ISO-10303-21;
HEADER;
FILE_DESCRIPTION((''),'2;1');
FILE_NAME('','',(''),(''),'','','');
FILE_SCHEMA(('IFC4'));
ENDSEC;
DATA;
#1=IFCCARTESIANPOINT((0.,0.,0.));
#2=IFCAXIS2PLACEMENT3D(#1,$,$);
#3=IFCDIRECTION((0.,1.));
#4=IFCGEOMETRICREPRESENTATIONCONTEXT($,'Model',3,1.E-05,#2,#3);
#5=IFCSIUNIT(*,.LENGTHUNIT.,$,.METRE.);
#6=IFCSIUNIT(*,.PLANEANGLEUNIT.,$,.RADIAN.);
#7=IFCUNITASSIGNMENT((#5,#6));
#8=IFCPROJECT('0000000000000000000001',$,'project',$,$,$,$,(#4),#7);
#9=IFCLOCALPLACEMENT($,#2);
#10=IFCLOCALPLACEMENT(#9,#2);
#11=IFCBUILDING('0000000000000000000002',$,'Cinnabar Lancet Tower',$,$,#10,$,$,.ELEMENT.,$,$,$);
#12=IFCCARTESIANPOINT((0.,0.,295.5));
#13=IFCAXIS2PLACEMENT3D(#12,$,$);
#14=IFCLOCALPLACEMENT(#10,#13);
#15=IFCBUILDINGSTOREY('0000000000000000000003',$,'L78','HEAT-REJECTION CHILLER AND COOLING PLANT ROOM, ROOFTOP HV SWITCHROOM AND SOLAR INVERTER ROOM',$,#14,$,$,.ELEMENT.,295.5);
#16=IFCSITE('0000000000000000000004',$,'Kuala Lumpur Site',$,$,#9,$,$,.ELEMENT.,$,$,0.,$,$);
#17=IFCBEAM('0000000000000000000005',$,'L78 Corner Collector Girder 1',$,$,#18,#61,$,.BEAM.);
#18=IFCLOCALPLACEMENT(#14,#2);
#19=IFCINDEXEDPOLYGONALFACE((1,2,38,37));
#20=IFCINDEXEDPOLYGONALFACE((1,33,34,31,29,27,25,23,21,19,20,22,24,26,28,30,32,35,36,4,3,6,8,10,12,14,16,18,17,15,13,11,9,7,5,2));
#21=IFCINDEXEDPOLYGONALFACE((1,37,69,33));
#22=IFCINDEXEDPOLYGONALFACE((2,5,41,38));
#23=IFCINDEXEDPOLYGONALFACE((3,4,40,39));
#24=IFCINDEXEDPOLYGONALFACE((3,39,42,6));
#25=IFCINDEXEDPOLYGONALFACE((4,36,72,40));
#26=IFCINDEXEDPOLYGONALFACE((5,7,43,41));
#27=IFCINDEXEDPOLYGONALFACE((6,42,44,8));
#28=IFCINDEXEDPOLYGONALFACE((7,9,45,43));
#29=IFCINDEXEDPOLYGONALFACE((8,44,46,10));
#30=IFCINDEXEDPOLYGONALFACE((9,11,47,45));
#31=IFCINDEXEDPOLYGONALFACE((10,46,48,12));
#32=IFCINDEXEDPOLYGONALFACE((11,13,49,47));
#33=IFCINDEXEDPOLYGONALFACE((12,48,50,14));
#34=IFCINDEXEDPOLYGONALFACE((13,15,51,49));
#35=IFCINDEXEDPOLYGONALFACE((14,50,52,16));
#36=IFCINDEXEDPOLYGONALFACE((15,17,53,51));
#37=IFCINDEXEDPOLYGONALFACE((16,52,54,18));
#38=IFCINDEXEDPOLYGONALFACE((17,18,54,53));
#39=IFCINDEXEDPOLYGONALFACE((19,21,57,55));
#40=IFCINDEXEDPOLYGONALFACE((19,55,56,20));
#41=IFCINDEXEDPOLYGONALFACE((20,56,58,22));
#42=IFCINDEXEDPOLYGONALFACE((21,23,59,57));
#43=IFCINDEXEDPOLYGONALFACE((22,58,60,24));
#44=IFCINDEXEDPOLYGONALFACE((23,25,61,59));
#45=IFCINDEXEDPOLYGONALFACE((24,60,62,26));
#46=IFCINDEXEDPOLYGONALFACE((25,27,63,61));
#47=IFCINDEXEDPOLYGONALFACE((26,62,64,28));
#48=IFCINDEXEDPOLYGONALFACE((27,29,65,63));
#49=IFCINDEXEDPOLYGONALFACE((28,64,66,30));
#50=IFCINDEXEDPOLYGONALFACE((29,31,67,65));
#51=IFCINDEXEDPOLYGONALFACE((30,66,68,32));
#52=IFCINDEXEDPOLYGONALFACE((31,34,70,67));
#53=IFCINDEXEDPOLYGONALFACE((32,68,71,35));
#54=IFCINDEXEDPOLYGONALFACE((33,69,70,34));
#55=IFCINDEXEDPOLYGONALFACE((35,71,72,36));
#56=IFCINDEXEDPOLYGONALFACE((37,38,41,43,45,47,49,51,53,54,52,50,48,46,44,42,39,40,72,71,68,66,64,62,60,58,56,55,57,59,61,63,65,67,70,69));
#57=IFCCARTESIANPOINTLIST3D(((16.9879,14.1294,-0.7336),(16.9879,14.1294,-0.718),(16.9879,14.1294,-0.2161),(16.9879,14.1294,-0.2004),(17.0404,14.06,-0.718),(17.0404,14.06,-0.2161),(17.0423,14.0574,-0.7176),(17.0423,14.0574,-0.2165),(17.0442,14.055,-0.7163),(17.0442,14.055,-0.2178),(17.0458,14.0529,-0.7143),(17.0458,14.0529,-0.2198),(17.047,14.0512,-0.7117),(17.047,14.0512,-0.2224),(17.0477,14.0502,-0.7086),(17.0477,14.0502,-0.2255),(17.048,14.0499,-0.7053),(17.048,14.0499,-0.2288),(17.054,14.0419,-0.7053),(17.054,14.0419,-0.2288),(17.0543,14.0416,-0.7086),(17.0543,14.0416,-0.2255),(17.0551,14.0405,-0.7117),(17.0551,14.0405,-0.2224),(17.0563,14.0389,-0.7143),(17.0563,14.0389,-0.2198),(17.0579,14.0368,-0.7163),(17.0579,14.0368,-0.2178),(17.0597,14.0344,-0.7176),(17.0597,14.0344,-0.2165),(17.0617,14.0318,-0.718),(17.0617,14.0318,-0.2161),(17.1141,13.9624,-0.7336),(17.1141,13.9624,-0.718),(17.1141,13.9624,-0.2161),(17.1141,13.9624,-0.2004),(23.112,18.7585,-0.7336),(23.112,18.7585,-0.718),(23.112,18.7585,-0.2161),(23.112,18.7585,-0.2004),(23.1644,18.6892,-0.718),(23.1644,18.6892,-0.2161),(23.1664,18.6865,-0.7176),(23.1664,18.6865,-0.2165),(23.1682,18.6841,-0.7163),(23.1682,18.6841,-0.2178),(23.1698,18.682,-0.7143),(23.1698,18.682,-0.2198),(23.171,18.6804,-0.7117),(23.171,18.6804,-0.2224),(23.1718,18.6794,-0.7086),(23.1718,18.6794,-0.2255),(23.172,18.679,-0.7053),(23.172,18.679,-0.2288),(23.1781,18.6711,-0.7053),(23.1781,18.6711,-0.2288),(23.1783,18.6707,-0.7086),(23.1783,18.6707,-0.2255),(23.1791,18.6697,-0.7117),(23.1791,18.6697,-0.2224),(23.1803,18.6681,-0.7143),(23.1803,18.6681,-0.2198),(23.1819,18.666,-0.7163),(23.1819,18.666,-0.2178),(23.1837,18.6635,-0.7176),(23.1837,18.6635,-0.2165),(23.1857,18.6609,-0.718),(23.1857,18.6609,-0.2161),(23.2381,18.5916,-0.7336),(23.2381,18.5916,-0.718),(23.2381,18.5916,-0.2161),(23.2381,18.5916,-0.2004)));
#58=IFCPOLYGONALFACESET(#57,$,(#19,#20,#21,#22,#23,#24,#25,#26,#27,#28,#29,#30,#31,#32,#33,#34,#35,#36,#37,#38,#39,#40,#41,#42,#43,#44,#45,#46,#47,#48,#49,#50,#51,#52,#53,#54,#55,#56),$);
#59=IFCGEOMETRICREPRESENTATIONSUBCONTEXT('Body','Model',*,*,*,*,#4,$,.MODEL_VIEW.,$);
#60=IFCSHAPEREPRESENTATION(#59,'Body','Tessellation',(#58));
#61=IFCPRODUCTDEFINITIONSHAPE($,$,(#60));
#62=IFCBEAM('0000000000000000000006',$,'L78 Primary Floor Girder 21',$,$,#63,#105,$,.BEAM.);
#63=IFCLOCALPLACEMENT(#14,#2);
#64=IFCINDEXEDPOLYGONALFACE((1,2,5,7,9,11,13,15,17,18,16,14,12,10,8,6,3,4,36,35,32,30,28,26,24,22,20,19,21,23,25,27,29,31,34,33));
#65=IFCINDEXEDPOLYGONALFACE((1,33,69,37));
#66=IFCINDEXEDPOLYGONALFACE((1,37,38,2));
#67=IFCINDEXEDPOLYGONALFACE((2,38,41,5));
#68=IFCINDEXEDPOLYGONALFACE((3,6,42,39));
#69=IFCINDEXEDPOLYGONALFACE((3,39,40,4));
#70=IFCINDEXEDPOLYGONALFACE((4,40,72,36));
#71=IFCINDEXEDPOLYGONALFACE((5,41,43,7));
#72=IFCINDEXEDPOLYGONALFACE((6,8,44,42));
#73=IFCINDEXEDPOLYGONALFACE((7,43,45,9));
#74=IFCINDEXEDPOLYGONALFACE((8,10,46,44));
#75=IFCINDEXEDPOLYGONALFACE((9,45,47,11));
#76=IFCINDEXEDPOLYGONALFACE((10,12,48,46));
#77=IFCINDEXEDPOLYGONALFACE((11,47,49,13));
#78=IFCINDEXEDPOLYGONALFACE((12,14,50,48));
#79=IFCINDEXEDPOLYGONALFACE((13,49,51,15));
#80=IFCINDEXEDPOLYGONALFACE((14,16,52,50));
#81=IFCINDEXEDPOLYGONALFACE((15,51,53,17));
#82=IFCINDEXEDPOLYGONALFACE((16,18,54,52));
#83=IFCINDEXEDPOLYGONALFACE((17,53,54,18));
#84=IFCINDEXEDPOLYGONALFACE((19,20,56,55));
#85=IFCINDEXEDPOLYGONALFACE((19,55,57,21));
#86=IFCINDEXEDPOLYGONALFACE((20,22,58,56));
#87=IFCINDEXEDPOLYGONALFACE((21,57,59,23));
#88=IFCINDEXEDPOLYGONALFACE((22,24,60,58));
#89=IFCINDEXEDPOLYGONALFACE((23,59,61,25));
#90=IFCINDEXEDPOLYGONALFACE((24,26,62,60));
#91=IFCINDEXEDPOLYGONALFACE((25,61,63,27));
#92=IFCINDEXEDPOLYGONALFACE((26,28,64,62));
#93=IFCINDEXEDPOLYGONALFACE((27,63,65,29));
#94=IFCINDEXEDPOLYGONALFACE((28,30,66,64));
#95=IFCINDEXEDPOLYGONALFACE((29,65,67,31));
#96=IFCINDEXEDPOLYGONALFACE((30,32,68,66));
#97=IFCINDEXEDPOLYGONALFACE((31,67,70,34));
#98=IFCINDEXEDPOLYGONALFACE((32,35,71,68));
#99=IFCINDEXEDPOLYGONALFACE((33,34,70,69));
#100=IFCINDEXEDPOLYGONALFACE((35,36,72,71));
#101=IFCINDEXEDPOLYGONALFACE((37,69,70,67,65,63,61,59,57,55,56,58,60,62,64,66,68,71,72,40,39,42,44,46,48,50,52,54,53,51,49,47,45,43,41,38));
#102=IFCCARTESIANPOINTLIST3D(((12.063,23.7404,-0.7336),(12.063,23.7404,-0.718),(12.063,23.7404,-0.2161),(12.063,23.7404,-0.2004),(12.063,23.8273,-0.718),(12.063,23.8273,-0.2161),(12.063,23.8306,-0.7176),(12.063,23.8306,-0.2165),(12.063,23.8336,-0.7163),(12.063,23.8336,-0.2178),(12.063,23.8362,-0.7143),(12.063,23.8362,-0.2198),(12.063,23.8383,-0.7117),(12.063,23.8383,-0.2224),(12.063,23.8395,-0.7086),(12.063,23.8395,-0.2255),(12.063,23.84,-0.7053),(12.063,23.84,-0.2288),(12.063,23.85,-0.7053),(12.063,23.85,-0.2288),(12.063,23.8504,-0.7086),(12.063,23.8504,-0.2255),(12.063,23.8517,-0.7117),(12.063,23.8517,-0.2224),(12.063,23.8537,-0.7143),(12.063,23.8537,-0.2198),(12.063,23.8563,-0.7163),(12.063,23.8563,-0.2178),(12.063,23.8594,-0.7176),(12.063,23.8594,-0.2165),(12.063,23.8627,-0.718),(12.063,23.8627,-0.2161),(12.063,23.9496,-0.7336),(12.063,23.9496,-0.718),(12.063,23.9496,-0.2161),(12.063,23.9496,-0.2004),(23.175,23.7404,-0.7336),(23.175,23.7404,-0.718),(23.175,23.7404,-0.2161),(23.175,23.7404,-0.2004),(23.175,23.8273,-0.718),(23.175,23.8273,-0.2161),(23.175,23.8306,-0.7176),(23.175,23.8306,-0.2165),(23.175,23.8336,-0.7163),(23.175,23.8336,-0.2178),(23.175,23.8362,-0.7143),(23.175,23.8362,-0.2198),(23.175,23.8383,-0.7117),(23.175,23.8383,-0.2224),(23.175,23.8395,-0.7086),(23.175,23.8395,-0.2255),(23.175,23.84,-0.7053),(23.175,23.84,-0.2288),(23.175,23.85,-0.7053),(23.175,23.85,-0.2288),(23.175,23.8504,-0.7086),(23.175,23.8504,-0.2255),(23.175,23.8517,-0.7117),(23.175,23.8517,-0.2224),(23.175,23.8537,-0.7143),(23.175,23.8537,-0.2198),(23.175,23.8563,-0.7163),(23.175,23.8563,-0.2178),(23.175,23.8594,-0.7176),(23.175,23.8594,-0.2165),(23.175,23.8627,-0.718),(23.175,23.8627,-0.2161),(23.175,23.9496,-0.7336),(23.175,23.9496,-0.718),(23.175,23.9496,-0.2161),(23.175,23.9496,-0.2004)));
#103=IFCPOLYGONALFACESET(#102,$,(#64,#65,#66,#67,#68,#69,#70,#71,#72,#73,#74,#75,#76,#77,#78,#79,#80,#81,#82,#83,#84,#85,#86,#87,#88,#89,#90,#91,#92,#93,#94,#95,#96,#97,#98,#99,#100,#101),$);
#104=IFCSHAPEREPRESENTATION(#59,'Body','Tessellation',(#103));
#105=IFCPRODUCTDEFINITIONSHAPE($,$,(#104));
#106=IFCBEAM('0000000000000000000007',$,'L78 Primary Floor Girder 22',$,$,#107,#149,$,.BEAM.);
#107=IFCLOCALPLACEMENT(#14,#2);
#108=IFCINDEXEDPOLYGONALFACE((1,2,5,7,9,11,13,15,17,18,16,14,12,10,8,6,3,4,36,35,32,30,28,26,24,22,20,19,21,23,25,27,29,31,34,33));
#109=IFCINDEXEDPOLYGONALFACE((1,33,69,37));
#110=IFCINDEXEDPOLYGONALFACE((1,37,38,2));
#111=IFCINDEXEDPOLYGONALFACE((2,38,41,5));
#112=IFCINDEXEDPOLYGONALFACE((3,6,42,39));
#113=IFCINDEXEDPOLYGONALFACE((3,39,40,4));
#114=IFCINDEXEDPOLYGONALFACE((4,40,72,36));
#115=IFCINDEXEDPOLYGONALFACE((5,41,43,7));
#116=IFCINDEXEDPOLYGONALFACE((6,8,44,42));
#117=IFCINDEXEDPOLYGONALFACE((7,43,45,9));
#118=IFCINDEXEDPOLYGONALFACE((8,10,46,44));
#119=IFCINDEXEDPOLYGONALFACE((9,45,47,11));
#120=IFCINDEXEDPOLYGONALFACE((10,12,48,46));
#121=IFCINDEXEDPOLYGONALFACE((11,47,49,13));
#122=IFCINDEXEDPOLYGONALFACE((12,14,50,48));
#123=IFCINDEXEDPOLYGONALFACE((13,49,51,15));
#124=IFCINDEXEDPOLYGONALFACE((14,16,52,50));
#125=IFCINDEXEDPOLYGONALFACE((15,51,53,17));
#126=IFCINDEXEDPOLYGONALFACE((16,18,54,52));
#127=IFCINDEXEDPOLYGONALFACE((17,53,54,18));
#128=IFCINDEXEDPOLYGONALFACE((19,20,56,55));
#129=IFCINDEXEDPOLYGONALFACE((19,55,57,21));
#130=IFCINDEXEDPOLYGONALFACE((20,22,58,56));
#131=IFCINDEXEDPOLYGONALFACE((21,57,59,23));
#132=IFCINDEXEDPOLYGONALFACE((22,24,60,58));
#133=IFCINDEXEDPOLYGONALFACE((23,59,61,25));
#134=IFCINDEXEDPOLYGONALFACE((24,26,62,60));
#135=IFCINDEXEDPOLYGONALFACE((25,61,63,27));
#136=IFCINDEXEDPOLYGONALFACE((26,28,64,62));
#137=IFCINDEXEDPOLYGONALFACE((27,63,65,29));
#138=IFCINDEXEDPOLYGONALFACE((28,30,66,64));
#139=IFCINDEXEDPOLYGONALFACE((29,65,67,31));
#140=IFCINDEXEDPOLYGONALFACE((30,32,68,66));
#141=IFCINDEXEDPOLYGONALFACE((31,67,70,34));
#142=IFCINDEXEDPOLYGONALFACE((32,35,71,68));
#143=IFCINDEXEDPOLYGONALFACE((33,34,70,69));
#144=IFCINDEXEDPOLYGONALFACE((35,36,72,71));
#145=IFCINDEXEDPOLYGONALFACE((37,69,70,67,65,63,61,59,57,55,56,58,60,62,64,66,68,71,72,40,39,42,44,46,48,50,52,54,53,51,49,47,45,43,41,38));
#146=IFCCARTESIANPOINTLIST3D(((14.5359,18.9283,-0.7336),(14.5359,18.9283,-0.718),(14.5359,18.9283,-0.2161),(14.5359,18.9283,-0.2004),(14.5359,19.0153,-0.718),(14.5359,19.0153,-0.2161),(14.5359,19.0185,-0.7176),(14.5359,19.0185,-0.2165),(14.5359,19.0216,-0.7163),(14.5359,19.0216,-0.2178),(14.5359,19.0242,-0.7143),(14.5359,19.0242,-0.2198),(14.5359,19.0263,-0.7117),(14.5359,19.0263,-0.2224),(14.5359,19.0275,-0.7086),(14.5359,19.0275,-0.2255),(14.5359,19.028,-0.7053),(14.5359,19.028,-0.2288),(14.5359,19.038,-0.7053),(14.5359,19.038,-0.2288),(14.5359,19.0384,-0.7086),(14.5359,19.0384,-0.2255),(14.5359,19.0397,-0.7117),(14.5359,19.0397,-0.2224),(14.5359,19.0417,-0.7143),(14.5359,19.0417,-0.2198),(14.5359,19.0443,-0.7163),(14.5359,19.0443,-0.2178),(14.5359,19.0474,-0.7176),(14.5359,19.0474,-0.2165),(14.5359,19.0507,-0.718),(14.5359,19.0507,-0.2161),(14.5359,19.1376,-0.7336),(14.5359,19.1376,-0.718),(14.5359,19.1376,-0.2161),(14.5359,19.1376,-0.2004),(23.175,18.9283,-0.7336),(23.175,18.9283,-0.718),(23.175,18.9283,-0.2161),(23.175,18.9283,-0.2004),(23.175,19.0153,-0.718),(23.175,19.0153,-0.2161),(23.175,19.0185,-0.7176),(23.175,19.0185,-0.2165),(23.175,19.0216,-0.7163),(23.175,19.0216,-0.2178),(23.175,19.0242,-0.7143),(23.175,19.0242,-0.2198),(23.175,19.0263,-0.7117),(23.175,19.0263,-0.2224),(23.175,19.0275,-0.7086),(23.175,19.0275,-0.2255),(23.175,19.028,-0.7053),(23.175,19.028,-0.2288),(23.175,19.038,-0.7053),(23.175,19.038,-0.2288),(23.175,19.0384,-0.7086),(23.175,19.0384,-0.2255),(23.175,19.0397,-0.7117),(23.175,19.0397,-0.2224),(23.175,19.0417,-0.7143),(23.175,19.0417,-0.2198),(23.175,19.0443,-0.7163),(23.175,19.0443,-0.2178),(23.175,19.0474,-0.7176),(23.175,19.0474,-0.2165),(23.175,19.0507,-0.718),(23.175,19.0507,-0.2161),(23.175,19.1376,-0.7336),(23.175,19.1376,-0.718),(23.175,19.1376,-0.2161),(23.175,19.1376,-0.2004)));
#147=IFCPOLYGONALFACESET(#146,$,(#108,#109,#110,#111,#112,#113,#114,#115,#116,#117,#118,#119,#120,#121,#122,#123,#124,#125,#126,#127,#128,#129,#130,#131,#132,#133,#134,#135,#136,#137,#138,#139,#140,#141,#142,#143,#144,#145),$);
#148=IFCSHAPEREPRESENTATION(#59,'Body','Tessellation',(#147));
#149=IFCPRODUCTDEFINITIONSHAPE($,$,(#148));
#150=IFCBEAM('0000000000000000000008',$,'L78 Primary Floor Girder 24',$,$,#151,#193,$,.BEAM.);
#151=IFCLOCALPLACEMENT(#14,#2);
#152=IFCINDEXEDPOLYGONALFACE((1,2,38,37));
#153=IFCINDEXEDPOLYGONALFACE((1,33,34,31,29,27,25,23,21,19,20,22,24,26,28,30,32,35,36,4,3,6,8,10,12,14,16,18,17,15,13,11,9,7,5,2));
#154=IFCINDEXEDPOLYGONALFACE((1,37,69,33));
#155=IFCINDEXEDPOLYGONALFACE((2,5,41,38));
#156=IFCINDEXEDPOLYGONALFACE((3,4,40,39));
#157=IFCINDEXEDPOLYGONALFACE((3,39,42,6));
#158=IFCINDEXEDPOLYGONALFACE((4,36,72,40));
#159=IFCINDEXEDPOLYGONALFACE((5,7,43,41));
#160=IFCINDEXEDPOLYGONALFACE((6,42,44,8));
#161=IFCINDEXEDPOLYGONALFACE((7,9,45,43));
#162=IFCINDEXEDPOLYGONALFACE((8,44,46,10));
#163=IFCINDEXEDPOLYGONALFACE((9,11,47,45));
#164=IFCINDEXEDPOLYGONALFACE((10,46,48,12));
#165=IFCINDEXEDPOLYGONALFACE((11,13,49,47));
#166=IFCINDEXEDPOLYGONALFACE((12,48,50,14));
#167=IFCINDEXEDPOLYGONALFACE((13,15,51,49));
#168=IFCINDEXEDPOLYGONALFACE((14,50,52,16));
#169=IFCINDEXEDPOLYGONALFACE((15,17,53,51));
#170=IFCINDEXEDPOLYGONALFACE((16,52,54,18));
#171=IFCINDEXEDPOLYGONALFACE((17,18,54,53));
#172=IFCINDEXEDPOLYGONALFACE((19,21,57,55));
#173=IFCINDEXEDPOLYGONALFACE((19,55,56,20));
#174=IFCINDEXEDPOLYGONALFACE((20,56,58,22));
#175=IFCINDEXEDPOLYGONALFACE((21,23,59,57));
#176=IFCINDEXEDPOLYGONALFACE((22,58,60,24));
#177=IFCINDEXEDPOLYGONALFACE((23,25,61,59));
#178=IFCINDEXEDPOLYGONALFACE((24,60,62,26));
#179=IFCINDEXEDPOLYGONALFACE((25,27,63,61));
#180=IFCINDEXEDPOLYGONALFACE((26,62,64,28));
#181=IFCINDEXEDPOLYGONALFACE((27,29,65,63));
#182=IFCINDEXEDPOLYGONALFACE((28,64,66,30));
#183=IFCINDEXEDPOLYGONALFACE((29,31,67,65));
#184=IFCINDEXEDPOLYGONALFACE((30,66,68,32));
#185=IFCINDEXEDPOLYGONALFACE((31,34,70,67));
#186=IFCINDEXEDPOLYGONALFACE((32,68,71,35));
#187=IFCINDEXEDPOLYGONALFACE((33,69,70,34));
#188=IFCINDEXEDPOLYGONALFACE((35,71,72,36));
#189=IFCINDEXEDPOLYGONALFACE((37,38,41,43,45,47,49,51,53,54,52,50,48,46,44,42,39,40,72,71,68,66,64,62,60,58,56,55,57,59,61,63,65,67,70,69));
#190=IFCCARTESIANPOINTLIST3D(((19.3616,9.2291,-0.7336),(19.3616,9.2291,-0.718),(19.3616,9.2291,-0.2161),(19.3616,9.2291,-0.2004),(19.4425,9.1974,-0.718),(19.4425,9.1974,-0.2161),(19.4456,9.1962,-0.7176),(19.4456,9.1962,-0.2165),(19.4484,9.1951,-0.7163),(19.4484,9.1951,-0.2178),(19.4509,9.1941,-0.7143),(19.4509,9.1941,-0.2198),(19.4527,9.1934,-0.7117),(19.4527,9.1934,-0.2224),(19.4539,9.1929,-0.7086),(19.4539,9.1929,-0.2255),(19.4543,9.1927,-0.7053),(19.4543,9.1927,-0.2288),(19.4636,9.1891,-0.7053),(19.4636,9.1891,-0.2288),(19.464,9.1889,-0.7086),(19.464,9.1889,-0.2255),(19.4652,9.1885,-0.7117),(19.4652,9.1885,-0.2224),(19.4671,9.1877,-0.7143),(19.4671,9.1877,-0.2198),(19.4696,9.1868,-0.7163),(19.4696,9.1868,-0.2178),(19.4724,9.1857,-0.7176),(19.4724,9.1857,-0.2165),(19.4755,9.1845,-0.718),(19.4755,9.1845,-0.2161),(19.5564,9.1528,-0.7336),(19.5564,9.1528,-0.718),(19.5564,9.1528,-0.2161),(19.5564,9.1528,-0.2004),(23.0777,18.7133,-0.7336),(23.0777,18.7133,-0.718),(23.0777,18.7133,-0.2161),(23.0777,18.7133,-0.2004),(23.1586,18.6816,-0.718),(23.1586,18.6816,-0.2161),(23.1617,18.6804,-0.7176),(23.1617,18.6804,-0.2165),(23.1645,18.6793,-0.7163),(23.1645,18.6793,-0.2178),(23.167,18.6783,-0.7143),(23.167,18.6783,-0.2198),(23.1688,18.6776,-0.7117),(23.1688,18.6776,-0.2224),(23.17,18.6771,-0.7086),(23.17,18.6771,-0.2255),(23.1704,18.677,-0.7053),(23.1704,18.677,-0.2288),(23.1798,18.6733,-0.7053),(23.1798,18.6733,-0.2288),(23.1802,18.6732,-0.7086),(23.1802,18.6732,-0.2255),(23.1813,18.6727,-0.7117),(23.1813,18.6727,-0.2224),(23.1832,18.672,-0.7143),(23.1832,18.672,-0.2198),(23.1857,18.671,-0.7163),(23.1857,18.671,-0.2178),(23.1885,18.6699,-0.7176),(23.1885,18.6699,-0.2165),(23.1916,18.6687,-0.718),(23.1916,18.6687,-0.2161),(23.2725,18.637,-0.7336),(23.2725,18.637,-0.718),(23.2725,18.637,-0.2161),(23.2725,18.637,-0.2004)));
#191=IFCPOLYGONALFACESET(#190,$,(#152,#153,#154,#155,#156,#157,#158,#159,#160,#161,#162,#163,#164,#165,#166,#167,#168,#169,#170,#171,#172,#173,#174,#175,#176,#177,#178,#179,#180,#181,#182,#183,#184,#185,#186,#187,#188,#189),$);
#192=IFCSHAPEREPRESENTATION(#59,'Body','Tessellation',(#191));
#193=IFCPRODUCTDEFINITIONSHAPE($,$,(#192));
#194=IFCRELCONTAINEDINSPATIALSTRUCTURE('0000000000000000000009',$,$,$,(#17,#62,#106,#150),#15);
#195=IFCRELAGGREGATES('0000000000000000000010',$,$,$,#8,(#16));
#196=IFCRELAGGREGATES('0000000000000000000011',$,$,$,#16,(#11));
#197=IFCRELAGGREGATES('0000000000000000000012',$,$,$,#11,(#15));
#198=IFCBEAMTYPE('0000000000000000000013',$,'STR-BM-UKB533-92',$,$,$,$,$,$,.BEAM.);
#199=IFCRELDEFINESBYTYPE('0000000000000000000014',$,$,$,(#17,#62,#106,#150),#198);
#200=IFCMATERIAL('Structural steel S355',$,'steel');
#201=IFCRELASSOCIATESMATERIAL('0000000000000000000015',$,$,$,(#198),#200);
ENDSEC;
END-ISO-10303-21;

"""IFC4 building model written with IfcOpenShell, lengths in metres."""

from ifc_helpers import new_model, si_unit, direction, frame, origin, origin_2d, place, context, subcontext, project, spatial, i_section, extrude, material, material_profile, profile_set, type_object, element, save


model = new_model("IFC4")

# Units and contexts
model_context = context("Model", 3, precision=1e-05, world=origin(), true_north=direction((0.0, 1.0)))
body_context = subcontext(model_context, "Body", "Model", "MODEL_VIEW")
ifc_project = project(units=[si_unit("LENGTHUNIT", "METRE"), si_unit("PLANEANGLEUNIT", "RADIAN")], contexts=[model_context])

# Site, building, storey
site_placement = place(None, origin())
site = spatial("IfcSite", under=ifc_project, at=site_placement, Name="Kuala Lumpur Site", CompositionType="ELEMENT", RefElevation=0.0)
building_placement = place(site_placement, origin())
building = spatial("IfcBuilding", under=site, at=building_placement, Name="Cinnabar Lancet Tower", CompositionType="ELEMENT")
storey_placement = place(building_placement, frame((0.0, 0.0, 295.5)))
storey = spatial("IfcBuildingStorey", under=building, at=storey_placement, Name="L78", Description="HEAT-REJECTION CHILLER AND COOLING PLANT ROOM, ROOFTOP HV SWITCHROOM AND SOLAR INVERTER ROOM", CompositionType="ELEMENT", Elevation=295.5)

# Beams
ifc_material_1 = material(Name="Structural steel S355", Category="steel")
ifc_material_profile_1 = material_profile(ifc_material_1, i_section(OverallWidth=0.2092, OverallDepth=0.5332, WebThickness=0.01, FlangeThickness=0.0156, FilletRadius=0.0127, at=origin_2d()), Name="UKB 533x210x92")
ifc_profile_set_1 = profile_set([ifc_material_profile_1], Name="Structural steel S355")
beam_type_1 = type_object("IfcBeamType", Name="STR-BM-UKB533-92", PredefinedType="BEAM", material=ifc_profile_set_1)
beam_1_placement = place(storey_placement, frame((17.051, 14.0459, -0.467), z_axis=(0.797735, 0.603008, 0.0), x_axis=(-0.603008, 0.797735, 0.0)))
element("IfcBeam", 1, at=beam_1_placement, inside=storey, type_object=beam_type_1, Name="L78 Corner Collector Girder 1", PredefinedType="BEAM", context=body_context, shape_type="SweptSolid", body=[
    extrude(i_section(OverallWidth=0.2092, OverallDepth=0.5332, WebThickness=0.01, FlangeThickness=0.0156, FilletRadius=0.0127, at=origin_2d()), origin(), (0.0, 0.0, 1.0), 7.6768),
])
beam_2_placement = place(storey_placement, frame((12.063, 23.845, -0.467), z_axis=(1.0, 0.0, 0.0), x_axis=(0.0, 1.0, 0.0)))
element("IfcBeam", 2, at=beam_2_placement, inside=storey, type_object=beam_type_1, Name="L78 Primary Floor Girder 21", PredefinedType="BEAM", context=body_context, shape_type="SweptSolid", body=[
    extrude(i_section(OverallWidth=0.2092, OverallDepth=0.5332, WebThickness=0.01, FlangeThickness=0.0156, FilletRadius=0.0127, at=origin_2d()), origin(), (0.0, 0.0, 1.0), 11.1121),
])
beam_3_placement = place(storey_placement, frame((14.5359, 19.033, -0.467), z_axis=(1.0, 0.0, 0.0), x_axis=(0.0, 1.0, 0.0)))
element("IfcBeam", 3, at=beam_3_placement, inside=storey, type_object=beam_type_1, Name="L78 Primary Floor Girder 22", PredefinedType="BEAM", context=body_context, shape_type="SweptSolid", body=[
    extrude(i_section(OverallWidth=0.2092, OverallDepth=0.5332, WebThickness=0.01, FlangeThickness=0.0156, FilletRadius=0.0127, at=origin_2d()), origin(), (0.0, 0.0, 1.0), 8.6392),
])
beam_4_placement = place(storey_placement, frame((19.459, 9.1909, -0.467), z_axis=(0.364815, 0.93108, 0.0), x_axis=(-0.93108, 0.364815, 0.0)))
element("IfcBeam", 4, at=beam_4_placement, inside=storey, type_object=beam_type_1, Name="L78 Primary Floor Girder 24", PredefinedType="BEAM", context=body_context, shape_type="SweptSolid", body=[
    extrude(i_section(OverallWidth=0.2092, OverallDepth=0.5332, WebThickness=0.01, FlangeThickness=0.0156, FilletRadius=0.0127, at=origin_2d()), origin(), (0.0, 0.0, 1.0), 10.1863),
])

save(model, "model.ifc")
